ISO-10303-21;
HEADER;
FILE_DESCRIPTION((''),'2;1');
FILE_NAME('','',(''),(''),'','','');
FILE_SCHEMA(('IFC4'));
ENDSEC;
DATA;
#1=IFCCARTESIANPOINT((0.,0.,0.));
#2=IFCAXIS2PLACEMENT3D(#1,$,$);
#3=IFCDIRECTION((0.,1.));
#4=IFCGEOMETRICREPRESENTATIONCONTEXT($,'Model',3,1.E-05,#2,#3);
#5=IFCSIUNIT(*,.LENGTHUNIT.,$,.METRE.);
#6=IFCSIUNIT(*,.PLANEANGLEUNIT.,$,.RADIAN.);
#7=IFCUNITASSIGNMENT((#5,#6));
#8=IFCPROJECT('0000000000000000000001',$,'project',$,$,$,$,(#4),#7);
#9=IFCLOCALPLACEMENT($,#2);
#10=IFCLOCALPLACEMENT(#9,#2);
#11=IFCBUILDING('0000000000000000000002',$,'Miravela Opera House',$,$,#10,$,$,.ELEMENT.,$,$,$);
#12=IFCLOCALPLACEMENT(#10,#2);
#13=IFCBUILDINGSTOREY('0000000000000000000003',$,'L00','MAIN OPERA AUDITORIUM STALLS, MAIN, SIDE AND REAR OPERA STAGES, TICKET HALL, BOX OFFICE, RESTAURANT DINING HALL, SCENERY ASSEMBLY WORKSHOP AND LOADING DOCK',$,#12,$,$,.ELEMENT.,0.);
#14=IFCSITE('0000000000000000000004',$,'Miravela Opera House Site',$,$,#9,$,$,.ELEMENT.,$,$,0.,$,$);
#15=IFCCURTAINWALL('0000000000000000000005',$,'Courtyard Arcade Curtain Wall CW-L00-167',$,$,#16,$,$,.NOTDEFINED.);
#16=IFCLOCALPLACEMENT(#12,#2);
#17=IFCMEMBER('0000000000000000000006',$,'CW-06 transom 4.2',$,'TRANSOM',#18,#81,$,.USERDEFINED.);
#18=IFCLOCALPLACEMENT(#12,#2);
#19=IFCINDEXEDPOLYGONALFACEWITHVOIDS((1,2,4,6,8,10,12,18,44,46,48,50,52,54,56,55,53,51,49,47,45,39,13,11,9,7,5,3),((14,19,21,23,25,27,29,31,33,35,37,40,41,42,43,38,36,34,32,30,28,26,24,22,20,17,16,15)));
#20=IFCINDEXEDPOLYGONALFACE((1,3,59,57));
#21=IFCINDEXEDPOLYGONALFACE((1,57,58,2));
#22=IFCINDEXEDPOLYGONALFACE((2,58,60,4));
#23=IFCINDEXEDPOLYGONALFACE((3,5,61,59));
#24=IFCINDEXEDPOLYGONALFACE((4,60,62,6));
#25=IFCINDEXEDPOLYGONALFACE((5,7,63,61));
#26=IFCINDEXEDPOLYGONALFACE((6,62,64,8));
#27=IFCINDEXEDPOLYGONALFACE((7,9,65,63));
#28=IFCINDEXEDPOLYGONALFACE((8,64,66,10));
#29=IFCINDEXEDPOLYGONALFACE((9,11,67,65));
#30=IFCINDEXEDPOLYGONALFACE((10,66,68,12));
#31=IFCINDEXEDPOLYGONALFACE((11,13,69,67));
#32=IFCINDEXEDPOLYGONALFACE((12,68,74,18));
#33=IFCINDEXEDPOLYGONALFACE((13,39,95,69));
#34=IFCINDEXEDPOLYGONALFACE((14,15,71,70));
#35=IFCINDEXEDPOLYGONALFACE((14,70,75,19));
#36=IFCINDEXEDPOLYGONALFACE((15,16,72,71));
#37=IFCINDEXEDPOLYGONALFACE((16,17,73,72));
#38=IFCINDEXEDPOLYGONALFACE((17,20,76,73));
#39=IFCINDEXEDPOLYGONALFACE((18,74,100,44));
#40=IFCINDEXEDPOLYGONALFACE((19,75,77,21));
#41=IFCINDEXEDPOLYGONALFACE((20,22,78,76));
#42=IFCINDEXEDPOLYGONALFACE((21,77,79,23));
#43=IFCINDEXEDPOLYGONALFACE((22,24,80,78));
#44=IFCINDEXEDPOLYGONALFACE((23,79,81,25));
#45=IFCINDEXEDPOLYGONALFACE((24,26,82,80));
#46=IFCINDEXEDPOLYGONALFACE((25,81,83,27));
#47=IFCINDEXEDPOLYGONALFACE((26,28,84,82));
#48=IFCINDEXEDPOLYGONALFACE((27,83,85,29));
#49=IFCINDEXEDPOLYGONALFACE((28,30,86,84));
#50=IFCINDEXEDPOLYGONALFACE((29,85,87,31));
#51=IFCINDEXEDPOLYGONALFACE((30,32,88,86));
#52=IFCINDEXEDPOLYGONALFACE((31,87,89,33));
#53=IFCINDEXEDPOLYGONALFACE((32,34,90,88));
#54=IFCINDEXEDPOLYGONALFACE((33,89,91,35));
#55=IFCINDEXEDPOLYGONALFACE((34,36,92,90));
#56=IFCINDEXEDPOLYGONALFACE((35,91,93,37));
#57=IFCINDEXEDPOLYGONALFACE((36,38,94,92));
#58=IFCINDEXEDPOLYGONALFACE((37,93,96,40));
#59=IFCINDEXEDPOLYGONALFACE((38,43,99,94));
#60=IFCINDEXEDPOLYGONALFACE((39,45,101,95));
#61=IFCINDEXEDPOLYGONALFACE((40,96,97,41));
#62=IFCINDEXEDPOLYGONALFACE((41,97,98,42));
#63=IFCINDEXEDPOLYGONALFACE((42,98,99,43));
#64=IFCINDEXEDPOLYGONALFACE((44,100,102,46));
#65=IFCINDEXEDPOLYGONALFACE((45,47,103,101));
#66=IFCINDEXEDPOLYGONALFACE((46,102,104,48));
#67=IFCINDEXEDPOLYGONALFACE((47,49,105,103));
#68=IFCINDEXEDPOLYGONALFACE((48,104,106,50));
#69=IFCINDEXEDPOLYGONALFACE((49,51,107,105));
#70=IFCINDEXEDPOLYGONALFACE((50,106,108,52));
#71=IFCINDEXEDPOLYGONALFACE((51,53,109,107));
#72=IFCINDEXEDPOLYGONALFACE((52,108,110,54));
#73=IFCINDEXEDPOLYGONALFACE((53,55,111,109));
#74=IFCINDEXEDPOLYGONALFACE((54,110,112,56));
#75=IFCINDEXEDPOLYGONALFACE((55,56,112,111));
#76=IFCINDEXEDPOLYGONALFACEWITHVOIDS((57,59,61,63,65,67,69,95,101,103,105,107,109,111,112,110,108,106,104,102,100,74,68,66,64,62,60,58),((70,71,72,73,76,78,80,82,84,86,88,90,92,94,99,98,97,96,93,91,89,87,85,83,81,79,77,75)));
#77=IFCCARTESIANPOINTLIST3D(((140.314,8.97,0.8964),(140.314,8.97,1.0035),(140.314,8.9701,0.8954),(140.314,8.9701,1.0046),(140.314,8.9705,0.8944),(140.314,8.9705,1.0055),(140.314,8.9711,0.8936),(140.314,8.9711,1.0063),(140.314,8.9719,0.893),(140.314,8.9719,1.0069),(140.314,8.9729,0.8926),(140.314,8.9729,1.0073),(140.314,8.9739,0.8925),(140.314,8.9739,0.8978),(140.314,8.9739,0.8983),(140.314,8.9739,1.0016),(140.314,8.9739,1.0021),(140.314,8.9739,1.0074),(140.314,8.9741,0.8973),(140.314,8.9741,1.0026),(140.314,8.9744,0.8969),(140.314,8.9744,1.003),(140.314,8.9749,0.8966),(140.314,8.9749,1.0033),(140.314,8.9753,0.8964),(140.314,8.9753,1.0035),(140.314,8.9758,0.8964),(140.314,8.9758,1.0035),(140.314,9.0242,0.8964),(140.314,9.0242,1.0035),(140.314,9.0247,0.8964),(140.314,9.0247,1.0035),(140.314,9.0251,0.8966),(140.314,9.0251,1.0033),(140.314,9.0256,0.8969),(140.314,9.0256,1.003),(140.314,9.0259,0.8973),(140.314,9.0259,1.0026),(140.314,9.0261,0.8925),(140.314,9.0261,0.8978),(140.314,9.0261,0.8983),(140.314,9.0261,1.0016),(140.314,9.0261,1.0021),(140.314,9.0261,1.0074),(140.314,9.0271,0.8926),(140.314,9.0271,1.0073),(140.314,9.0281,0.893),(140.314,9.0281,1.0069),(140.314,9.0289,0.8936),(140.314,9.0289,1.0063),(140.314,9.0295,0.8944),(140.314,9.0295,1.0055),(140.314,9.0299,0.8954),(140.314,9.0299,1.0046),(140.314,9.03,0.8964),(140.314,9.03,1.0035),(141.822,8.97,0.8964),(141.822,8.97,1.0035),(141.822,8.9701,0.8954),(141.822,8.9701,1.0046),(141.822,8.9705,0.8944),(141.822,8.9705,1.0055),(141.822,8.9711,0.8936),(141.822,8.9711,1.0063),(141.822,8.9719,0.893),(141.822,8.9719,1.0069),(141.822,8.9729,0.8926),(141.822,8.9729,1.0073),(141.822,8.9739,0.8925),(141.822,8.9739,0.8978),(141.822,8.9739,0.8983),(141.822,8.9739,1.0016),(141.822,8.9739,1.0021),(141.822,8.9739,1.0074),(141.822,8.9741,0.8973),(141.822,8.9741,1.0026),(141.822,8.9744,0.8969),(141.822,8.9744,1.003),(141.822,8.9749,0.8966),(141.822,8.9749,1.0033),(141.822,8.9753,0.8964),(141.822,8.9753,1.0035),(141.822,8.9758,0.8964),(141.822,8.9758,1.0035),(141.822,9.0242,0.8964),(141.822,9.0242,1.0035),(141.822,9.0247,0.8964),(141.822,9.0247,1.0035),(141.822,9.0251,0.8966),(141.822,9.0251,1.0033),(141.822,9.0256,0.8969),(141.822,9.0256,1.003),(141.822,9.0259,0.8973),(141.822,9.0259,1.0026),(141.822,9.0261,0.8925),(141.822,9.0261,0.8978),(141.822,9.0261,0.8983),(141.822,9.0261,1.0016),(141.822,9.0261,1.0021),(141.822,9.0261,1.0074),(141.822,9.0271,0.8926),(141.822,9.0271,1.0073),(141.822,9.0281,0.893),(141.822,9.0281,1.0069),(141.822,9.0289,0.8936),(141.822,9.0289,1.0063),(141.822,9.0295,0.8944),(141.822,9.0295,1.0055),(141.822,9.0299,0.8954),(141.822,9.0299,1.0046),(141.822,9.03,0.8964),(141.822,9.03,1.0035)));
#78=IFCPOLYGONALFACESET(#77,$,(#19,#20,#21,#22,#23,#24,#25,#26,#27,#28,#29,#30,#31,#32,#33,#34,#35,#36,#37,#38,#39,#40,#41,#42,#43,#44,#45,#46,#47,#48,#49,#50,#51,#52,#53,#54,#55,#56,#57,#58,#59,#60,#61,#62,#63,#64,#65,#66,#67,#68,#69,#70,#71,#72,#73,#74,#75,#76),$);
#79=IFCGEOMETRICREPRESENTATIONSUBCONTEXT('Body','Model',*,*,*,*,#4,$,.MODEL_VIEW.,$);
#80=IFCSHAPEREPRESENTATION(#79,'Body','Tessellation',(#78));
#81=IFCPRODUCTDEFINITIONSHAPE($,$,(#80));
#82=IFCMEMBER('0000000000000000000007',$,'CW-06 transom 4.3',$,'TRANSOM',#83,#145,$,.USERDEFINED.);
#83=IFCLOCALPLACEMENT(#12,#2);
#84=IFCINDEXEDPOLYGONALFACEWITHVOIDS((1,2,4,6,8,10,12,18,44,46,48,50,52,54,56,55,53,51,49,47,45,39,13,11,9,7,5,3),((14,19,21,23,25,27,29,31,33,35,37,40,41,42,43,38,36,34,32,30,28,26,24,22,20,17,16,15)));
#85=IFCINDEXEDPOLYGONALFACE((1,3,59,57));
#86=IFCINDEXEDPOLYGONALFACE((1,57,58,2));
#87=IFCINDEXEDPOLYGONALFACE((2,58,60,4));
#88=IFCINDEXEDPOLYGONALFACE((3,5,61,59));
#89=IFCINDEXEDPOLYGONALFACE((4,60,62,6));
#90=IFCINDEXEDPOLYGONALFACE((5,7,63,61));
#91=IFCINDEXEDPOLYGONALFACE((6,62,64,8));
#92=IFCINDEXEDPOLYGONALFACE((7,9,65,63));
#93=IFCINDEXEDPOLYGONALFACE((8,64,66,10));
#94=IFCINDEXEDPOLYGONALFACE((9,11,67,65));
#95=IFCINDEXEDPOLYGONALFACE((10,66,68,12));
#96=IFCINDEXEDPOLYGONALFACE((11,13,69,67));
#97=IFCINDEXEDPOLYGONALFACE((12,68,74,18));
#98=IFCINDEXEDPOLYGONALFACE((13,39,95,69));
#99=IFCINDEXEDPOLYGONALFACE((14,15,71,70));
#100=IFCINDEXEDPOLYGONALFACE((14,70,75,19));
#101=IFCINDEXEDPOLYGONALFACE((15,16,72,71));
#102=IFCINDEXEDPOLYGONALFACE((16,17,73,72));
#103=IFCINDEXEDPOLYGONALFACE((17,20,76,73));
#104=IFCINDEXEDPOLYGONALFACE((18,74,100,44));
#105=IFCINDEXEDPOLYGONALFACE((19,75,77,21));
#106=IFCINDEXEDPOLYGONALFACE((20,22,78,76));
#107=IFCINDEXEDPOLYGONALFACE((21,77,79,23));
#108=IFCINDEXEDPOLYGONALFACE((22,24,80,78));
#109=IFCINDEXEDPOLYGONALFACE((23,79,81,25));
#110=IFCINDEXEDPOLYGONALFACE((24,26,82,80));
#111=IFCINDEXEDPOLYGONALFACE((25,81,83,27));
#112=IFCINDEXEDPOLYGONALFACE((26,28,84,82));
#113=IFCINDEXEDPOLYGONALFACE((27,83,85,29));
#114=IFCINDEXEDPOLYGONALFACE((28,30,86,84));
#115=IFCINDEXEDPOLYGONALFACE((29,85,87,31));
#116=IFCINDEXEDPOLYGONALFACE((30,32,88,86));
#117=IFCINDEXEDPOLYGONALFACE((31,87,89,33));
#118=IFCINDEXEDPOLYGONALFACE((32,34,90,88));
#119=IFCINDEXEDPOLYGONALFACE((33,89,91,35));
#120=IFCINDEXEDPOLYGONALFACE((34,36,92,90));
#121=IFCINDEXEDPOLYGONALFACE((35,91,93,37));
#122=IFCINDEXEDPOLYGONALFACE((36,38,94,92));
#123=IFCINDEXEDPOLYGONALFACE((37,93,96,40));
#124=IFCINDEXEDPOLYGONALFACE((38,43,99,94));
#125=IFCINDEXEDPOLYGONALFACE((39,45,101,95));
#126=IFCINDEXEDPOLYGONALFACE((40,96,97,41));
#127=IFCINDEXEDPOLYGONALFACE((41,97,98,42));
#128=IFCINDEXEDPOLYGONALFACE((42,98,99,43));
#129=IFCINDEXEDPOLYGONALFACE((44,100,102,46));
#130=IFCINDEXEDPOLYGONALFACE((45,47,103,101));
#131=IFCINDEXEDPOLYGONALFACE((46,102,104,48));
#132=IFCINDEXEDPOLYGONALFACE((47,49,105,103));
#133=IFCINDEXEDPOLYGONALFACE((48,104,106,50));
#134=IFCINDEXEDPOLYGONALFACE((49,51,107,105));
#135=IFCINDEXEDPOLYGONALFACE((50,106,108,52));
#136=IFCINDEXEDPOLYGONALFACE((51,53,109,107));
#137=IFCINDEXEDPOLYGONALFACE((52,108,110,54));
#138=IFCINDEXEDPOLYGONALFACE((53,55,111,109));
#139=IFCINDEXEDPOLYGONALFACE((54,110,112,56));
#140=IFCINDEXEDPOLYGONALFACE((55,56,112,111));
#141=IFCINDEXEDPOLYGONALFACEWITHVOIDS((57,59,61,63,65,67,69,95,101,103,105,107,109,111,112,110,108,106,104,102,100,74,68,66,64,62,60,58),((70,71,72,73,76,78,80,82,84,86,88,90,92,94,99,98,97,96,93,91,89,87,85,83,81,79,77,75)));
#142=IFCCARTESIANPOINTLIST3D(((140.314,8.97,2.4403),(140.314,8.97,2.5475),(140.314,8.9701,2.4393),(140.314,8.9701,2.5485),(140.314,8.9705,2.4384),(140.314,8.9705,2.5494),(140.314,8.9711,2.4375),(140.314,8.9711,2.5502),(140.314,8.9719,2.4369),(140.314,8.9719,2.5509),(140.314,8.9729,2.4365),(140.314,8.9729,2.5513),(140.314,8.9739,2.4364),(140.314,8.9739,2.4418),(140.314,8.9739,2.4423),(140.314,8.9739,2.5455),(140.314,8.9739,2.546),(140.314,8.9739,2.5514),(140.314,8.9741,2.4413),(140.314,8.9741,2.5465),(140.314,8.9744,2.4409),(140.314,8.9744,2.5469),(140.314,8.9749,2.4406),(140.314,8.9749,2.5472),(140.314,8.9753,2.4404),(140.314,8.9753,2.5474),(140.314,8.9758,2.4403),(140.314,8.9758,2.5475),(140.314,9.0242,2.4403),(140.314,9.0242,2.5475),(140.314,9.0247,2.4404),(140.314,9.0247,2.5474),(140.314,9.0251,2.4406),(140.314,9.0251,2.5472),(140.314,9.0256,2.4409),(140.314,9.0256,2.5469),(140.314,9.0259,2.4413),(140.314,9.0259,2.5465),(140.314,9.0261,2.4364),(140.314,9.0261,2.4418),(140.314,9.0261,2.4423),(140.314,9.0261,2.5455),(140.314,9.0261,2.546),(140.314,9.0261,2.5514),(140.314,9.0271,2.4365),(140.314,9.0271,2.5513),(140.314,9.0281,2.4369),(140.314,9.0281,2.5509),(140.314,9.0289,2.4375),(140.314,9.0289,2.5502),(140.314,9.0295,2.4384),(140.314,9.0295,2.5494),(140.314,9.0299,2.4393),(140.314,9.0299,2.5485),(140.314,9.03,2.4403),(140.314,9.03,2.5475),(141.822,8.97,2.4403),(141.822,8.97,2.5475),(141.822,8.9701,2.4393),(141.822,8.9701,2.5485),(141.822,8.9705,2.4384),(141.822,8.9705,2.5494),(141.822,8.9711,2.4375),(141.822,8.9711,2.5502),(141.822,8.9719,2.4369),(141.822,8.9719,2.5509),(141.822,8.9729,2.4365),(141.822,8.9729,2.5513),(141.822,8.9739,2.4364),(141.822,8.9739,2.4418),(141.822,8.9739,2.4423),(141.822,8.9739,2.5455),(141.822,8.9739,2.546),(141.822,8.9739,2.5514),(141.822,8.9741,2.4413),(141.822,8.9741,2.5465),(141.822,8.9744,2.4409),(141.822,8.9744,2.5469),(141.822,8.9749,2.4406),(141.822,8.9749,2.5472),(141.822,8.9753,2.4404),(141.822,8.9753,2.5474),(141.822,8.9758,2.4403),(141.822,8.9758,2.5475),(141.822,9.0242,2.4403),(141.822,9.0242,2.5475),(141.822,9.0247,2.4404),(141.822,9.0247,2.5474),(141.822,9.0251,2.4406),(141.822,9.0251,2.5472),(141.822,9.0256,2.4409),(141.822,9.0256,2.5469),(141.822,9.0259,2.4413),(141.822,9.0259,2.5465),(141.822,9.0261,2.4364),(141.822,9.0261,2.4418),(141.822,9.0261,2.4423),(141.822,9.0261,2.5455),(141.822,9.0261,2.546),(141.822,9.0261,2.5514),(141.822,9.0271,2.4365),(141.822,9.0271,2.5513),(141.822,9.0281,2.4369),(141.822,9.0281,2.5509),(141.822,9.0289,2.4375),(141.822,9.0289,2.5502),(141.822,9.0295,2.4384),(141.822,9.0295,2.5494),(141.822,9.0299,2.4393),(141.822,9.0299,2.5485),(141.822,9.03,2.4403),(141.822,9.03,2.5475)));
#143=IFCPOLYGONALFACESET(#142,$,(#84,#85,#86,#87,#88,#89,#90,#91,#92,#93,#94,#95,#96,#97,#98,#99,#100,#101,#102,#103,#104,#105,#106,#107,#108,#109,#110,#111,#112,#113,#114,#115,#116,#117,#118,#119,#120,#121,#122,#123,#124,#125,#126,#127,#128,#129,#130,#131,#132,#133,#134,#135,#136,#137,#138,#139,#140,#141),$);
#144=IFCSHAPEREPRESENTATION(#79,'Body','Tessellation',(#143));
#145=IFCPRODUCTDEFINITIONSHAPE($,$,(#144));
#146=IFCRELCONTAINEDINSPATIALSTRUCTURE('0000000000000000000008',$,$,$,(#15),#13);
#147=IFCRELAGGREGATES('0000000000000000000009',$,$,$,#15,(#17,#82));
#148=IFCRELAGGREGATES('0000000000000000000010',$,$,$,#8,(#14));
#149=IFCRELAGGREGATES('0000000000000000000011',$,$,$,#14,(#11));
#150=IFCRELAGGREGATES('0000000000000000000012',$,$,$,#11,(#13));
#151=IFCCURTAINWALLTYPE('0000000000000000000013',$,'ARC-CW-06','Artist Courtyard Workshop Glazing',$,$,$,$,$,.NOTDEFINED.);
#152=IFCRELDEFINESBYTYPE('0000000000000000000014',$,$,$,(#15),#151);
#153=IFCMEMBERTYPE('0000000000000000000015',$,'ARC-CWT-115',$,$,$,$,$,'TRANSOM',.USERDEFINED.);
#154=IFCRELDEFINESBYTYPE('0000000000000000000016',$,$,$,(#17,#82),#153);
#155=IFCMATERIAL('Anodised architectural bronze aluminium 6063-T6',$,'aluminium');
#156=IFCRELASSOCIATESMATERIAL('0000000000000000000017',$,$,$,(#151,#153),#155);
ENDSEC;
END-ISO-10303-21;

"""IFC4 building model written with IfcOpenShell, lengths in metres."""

from ifc_helpers import new_model, si_unit, direction, frame, origin, origin_2d, place, context, subcontext, project, spatial, hollow_rectangle, extrude, material, material_profile, profile_set, type_object, element, aggregate, save


model = new_model("IFC4")

# Units and contexts
model_context = context("Model", 3, precision=1e-05, world=origin(), true_north=direction((0.0, 1.0)))
body_context = subcontext(model_context, "Body", "Model", "MODEL_VIEW")
ifc_project = project(units=[si_unit("LENGTHUNIT", "METRE"), si_unit("PLANEANGLEUNIT", "RADIAN")], contexts=[model_context])

# Site, building, storey
site_placement = place(None, origin())
site = spatial("IfcSite", under=ifc_project, at=site_placement, Name="Miravela Opera House Site", CompositionType="ELEMENT", RefElevation=0.0)
building_placement = place(site_placement, origin())
building = spatial("IfcBuilding", under=site, at=building_placement, Name="Miravela Opera House", CompositionType="ELEMENT")
storey_placement = place(building_placement, origin())
storey = spatial("IfcBuildingStorey", under=building, at=storey_placement, Name="L00", Description="MAIN OPERA AUDITORIUM STALLS, MAIN, SIDE AND REAR OPERA STAGES, TICKET HALL, BOX OFFICE, RESTAURANT DINING HALL, SCENERY ASSEMBLY WORKSHOP AND LOADING DOCK", CompositionType="ELEMENT", Elevation=0.0)

# Curtain wall, members
ifc_material_1 = material(Name="Anodised architectural bronze aluminium 6063-T6", Category="aluminium")
curtain_wall_type = type_object("IfcCurtainWallType", Name="ARC-CW-06", Description="Artist Courtyard Workshop Glazing", PredefinedType="NOTDEFINED", material=ifc_material_1)
curtain_wall_placement = place(storey_placement, origin())
curtain_wall = element("IfcCurtainWall", 1, at=curtain_wall_placement, inside=storey, type_object=curtain_wall_type, Name="Courtyard Arcade Curtain Wall CW-L00-167", PredefinedType="NOTDEFINED")
ifc_material_profile_1 = material_profile(ifc_material_1, hollow_rectangle(XDim=0.0601, YDim=0.115, WallThickness=0.0039, InnerFilletRadius=0.002, OuterFilletRadius=0.0039, at=origin_2d()), Name="CWT-60X115")
ifc_profile_set_1 = profile_set([ifc_material_profile_1])
member_type_1 = type_object("IfcMemberType", Name="ARC-CWT-115", ElementType="TRANSOM", PredefinedType="USERDEFINED", material=ifc_profile_set_1)
member_1_placement = place(storey_placement, frame((140.314, 9.0, 0.95), z_axis=(1.0, 0.0, 0.0), x_axis=(0.0, 1.0, 0.0)))
member_1 = element("IfcMember", 2, at=member_1_placement, type_object=member_type_1, Name="CW-06 transom 4.2", ObjectType="TRANSOM", PredefinedType="USERDEFINED", context=body_context, shape_type="SweptSolid", body=[
    extrude(hollow_rectangle(XDim=0.0601, YDim=0.115, WallThickness=0.0039, InnerFilletRadius=0.002, OuterFilletRadius=0.0039, at=origin_2d()), origin(), (0.0, 0.0, 1.0), 1.5081),
])
member_2_placement = place(storey_placement, frame((140.314, 9.0, 2.4939), z_axis=(1.0, 0.0, 0.0), x_axis=(0.0, 1.0, 0.0)))
member_2 = element("IfcMember", 3, at=member_2_placement, type_object=member_type_1, Name="CW-06 transom 4.3", ObjectType="TRANSOM", PredefinedType="USERDEFINED", context=body_context, shape_type="SweptSolid", body=[
    extrude(hollow_rectangle(XDim=0.0601, YDim=0.115, WallThickness=0.0039, InnerFilletRadius=0.002, OuterFilletRadius=0.0039, at=origin_2d()), origin(), (0.0, 0.0, 1.0), 1.5081),
])
aggregate(curtain_wall, [member_1, member_2])

save(model, "model.ifc")
